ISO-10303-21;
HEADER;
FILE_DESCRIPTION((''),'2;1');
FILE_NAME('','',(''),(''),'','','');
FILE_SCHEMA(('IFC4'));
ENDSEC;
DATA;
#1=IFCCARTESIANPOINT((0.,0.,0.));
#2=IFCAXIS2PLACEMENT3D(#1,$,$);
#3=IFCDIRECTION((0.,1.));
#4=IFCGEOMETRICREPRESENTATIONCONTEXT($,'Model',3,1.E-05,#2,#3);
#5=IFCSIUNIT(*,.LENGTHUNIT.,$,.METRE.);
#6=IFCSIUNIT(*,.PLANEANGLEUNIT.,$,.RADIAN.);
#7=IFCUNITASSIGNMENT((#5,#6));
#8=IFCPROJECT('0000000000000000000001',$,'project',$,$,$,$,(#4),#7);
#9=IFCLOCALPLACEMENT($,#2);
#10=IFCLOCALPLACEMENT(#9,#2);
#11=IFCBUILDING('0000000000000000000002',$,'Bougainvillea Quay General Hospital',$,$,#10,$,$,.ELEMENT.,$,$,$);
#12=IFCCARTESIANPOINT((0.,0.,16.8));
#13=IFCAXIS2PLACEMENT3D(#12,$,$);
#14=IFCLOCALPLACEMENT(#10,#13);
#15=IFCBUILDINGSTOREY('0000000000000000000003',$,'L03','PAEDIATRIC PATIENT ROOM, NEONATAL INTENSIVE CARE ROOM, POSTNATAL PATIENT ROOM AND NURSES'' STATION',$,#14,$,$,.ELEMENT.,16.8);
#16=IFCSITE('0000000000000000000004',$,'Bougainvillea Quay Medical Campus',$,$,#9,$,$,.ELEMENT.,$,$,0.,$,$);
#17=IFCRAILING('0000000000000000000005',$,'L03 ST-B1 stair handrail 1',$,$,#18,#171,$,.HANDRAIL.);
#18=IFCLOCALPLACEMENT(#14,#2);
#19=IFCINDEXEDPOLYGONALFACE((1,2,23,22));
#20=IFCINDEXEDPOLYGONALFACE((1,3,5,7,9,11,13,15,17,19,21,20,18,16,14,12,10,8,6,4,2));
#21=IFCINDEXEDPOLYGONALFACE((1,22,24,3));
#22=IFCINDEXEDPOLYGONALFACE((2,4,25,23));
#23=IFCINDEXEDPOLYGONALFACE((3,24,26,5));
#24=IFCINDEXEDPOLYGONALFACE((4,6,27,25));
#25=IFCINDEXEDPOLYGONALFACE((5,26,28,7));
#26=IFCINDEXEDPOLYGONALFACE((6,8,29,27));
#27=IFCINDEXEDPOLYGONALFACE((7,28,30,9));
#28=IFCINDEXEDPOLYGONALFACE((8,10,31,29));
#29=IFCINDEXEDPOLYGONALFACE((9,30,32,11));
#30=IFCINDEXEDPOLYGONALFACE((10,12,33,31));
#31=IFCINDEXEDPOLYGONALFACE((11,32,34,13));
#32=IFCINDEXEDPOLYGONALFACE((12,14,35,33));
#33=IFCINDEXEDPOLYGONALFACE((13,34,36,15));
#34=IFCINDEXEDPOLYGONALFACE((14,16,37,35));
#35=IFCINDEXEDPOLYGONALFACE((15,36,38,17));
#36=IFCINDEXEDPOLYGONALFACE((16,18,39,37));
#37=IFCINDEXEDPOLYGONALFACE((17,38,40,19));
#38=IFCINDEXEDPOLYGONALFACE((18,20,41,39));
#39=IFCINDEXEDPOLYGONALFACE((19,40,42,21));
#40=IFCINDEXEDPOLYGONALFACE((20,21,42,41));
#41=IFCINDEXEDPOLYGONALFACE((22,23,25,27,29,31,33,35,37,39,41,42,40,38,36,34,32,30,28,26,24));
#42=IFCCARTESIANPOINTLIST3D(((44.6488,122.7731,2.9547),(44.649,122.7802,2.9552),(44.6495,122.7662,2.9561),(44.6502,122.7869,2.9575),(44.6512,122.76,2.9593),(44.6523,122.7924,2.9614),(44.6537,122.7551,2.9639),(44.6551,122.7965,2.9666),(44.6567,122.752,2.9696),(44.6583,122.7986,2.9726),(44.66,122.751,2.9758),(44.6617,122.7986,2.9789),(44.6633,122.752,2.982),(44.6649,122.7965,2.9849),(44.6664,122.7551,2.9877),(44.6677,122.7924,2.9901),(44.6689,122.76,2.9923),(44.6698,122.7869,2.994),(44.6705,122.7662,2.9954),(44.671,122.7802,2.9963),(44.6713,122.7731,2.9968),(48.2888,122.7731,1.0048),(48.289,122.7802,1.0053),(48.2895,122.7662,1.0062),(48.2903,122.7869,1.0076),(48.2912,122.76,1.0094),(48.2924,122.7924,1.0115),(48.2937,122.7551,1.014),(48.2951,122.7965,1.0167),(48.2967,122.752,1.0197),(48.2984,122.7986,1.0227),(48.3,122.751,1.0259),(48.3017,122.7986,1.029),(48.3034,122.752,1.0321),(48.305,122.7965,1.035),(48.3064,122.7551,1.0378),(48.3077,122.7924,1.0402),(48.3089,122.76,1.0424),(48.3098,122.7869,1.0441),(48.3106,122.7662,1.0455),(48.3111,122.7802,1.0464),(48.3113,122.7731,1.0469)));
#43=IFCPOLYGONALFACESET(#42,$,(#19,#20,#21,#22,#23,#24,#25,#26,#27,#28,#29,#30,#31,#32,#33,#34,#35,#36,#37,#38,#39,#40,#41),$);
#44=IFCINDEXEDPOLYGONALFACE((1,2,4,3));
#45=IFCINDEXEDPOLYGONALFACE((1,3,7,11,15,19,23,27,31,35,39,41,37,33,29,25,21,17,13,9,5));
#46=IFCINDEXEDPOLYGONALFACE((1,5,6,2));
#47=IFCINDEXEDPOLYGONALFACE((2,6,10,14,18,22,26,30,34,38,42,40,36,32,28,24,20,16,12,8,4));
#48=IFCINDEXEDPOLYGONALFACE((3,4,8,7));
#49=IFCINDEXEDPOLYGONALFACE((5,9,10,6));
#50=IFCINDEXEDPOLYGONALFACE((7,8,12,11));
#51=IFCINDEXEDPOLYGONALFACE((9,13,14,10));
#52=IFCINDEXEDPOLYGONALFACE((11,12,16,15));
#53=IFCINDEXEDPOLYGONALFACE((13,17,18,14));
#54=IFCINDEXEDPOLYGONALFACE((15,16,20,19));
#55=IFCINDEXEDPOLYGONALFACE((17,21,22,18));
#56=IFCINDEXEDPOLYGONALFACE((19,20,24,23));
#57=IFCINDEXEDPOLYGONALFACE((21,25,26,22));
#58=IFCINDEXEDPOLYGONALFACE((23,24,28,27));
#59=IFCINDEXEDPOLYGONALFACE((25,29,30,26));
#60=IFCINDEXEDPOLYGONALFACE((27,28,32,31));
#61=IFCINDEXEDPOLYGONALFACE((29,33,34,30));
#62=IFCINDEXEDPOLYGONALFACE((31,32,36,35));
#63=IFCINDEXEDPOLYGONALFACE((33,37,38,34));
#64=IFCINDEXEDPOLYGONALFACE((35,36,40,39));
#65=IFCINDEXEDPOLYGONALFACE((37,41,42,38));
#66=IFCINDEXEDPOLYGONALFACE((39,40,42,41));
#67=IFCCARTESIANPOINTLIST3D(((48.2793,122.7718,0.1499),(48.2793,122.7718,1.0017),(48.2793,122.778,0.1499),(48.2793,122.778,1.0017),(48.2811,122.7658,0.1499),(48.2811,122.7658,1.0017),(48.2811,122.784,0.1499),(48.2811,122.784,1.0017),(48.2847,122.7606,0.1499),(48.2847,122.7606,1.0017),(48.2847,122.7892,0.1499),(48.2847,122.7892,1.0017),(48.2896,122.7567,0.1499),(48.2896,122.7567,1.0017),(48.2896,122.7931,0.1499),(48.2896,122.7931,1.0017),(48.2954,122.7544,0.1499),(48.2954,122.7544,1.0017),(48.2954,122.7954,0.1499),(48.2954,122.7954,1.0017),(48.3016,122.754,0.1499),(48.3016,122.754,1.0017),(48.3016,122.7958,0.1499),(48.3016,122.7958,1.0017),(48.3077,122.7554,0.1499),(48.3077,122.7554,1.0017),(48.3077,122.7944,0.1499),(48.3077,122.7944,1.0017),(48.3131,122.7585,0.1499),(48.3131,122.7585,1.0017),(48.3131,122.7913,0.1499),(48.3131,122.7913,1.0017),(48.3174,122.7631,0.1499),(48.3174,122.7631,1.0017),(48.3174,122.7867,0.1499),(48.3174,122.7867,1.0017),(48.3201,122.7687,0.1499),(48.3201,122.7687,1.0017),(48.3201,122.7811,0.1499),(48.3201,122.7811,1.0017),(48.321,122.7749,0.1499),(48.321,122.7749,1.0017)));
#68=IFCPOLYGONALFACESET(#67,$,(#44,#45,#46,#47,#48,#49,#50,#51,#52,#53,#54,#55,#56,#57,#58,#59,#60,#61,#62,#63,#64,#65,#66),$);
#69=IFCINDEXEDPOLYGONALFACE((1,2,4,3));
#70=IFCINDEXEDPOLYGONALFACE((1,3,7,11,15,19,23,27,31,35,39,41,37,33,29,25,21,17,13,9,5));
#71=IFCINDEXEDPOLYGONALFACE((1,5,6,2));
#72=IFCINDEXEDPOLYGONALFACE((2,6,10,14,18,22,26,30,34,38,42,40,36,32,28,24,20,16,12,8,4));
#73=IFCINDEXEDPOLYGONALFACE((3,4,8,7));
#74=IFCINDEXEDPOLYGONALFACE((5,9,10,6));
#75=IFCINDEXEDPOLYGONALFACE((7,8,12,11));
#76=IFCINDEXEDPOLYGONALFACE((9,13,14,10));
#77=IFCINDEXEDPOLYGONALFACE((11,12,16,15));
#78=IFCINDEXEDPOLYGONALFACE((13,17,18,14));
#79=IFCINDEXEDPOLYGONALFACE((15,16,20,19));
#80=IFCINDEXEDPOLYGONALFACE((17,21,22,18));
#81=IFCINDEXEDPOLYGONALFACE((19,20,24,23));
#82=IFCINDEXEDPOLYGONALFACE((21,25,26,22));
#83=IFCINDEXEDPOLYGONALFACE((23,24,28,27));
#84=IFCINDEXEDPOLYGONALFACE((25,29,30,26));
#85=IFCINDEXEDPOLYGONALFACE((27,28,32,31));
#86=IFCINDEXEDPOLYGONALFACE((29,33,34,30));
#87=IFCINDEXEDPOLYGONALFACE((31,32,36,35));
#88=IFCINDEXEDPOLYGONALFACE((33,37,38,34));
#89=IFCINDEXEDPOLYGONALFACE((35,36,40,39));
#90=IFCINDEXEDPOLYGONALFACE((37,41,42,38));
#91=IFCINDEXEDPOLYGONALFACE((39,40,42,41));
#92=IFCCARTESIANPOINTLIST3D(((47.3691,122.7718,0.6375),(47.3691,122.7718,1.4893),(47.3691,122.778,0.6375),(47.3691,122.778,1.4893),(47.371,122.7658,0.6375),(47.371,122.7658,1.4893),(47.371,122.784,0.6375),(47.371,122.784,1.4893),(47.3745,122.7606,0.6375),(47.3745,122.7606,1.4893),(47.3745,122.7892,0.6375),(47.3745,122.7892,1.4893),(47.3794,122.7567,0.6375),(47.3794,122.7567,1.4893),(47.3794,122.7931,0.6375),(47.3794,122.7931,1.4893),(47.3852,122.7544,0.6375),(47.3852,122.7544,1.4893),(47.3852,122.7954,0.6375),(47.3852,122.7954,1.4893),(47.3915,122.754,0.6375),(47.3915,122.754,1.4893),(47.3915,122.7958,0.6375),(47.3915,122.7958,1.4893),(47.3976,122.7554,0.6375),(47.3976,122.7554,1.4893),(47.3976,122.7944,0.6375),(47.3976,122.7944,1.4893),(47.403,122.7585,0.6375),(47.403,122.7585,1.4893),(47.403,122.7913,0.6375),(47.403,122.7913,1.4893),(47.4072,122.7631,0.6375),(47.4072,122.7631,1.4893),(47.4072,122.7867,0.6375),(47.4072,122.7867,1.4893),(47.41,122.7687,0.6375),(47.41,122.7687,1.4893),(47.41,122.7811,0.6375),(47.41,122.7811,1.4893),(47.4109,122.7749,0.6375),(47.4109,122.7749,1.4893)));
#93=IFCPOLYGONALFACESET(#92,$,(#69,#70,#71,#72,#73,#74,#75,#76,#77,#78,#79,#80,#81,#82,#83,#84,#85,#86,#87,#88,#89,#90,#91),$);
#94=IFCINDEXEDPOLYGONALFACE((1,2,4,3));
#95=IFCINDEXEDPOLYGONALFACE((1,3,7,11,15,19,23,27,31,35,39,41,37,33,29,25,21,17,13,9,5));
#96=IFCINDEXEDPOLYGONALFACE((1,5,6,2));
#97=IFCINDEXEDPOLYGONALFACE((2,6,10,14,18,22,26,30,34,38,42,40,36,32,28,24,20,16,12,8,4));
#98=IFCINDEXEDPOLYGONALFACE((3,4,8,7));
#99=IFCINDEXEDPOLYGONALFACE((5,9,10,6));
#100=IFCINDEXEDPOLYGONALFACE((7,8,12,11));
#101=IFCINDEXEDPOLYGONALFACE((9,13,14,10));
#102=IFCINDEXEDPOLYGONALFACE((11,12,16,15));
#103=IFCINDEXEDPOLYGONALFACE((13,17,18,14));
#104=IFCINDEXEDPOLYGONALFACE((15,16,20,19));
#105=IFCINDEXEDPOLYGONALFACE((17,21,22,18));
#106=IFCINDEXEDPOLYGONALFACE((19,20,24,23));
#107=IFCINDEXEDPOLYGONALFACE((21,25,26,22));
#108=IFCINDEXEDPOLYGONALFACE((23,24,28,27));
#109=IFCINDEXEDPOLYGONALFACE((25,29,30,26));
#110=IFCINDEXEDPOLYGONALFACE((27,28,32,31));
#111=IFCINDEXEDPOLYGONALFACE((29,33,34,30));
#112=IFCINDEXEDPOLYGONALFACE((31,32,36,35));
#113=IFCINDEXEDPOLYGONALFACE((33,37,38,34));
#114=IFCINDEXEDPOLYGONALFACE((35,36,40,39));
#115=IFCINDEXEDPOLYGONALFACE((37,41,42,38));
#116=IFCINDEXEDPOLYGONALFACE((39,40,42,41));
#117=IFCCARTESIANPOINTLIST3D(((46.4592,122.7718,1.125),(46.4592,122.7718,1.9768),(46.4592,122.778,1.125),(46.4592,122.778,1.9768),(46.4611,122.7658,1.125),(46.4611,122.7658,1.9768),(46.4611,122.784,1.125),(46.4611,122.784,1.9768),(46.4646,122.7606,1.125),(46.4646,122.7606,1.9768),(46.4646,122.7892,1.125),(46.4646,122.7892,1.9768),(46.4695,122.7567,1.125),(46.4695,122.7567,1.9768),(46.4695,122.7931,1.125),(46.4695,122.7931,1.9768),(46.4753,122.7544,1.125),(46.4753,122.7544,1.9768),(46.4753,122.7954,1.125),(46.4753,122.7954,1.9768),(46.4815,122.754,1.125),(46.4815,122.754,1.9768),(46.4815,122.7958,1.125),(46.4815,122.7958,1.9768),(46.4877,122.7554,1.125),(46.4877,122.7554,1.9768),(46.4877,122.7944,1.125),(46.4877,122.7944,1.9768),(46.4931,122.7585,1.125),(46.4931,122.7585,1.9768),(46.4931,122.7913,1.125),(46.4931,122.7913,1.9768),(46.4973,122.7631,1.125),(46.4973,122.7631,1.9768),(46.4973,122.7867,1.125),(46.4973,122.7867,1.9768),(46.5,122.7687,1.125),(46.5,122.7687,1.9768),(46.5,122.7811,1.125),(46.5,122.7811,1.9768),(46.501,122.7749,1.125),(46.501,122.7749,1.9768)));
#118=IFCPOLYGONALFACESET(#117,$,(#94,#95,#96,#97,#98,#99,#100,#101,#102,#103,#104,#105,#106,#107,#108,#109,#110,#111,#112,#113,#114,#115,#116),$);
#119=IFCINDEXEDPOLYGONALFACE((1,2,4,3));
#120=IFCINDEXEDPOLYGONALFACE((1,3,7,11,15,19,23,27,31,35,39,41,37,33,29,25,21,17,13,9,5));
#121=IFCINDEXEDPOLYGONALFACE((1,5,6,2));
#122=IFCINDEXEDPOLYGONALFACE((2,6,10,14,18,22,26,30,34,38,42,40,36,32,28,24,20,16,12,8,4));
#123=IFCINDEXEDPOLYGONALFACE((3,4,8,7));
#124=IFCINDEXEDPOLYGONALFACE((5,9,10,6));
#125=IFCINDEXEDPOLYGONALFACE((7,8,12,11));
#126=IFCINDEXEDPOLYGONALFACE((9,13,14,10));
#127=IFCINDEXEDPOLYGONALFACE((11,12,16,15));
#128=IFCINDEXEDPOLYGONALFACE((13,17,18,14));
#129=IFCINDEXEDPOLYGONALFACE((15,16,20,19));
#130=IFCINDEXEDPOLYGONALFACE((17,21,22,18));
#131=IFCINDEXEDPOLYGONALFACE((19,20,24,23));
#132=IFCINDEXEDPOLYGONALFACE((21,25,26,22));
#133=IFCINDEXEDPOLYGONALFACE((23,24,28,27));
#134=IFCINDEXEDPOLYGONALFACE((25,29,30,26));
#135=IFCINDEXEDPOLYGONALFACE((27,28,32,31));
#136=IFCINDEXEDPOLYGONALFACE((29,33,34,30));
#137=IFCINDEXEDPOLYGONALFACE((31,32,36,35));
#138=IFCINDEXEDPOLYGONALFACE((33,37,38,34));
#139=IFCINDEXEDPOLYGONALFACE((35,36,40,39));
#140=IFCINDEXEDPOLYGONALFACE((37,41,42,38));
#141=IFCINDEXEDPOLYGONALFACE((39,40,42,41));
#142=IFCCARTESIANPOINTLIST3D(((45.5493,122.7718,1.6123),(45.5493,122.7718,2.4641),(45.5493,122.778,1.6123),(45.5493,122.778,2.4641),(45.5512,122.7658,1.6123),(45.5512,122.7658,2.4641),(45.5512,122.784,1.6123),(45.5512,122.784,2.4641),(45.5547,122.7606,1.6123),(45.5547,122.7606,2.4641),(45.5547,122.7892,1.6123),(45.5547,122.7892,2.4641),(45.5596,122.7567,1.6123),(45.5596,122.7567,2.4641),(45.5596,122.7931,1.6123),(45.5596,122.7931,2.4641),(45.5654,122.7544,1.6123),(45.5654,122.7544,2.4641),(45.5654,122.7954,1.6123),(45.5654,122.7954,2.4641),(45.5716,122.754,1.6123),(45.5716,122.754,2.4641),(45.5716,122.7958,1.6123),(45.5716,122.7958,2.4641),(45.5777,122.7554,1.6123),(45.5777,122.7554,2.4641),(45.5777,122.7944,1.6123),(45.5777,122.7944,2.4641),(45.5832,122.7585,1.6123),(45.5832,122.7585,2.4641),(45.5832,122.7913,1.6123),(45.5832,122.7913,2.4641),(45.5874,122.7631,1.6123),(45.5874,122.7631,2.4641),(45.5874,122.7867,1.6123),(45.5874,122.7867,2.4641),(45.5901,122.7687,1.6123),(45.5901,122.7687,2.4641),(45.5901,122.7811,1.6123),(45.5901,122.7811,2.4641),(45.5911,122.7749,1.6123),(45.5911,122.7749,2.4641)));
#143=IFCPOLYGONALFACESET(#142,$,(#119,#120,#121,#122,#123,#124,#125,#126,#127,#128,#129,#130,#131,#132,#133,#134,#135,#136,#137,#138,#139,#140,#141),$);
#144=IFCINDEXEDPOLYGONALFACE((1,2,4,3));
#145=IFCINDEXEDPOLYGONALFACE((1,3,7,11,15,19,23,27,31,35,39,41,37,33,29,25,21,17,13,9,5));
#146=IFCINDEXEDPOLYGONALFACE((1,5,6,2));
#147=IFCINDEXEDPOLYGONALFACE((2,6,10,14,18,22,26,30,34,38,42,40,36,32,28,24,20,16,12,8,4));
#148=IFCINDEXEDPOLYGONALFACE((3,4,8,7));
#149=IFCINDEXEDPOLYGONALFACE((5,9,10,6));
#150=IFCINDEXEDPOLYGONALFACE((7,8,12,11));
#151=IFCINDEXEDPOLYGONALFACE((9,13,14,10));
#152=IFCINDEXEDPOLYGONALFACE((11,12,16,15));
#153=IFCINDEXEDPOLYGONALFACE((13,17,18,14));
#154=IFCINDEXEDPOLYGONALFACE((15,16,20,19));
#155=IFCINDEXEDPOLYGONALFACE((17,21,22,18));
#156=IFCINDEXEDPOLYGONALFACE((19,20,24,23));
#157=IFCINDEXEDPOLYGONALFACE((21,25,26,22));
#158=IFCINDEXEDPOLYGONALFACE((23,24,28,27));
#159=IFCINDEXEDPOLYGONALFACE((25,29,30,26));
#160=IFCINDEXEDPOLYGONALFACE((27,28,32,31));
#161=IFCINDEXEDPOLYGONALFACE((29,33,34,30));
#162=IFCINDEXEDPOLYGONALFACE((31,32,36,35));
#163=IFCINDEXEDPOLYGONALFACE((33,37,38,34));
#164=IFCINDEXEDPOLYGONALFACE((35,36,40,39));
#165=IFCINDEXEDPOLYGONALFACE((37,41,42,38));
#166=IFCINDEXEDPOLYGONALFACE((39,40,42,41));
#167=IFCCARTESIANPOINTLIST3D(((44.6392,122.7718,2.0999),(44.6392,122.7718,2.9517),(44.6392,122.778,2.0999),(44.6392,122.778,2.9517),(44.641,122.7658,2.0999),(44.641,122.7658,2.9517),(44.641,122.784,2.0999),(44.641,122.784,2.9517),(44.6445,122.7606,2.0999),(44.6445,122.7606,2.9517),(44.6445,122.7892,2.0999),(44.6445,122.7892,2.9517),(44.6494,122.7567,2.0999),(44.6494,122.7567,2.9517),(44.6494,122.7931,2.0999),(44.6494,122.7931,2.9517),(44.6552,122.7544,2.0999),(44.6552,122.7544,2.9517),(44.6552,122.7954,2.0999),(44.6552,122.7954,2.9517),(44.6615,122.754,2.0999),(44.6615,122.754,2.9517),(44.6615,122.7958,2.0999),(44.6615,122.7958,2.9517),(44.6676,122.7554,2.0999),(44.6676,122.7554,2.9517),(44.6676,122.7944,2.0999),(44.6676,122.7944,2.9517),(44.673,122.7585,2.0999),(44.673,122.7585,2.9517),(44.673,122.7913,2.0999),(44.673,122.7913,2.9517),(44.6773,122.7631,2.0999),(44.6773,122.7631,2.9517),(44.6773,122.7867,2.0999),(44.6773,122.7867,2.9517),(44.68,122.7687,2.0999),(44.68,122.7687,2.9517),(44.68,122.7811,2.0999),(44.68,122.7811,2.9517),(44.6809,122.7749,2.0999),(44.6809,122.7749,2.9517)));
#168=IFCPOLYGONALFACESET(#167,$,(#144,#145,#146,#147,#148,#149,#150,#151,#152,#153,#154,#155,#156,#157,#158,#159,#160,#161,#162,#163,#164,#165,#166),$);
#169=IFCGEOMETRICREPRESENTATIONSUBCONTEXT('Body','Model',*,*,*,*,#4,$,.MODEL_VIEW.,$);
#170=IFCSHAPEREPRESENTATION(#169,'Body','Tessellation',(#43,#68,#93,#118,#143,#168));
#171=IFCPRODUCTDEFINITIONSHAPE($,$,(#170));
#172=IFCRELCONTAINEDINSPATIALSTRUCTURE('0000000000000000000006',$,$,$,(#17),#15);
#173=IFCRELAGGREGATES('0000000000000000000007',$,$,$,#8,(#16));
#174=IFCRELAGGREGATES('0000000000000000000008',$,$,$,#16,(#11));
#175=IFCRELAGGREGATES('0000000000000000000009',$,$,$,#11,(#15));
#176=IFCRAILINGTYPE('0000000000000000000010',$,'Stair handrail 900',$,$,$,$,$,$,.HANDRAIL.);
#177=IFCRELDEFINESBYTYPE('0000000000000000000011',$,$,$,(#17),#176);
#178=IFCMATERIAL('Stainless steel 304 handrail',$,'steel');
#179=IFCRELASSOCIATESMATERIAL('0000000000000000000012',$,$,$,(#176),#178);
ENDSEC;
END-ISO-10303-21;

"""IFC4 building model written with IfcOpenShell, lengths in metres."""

from ifc_helpers import new_model, si_unit, direction, frame, origin, origin_2d, place, context, subcontext, project, spatial, circle, extrude, material, type_object, element, save


model = new_model("IFC4")

# Units and contexts
model_context = context("Model", 3, precision=1e-05, world=origin(), true_north=direction((0.0, 1.0)))
body_context = subcontext(model_context, "Body", "Model", "MODEL_VIEW")
ifc_project = project(units=[si_unit("LENGTHUNIT", "METRE"), si_unit("PLANEANGLEUNIT", "RADIAN")], contexts=[model_context])

# Site, building, storey
site_placement = place(None, origin())
site = spatial("IfcSite", under=ifc_project, at=site_placement, Name="Bougainvillea Quay Medical Campus", CompositionType="ELEMENT", RefElevation=0.0)
building_placement = place(site_placement, origin())
building = spatial("IfcBuilding", under=site, at=building_placement, Name="Bougainvillea Quay General Hospital", CompositionType="ELEMENT")
storey_placement = place(building_placement, frame((0.0, 0.0, 16.8)))
storey = spatial("IfcBuildingStorey", under=building, at=storey_placement, Name="L03", Description="PAEDIATRIC PATIENT ROOM, NEONATAL INTENSIVE CARE ROOM, POSTNATAL PATIENT ROOM AND NURSES' STATION", CompositionType="ELEMENT", Elevation=16.8)

# Railing
ifc_material_1 = material(Name="Stainless steel 304 handrail", Category="steel")
railing_type_1 = type_object("IfcRailingType", Name="Stair handrail 900", PredefinedType="HANDRAIL", material=ifc_material_1)
railing_1_placement = place(storey_placement, frame((48.3, 122.7749, 0.1499)))
element("IfcRailing", 1, at=railing_1_placement, inside=storey, type_object=railing_type_1, Name="L03 ST-B1 stair handrail 1", PredefinedType="HANDRAIL", context=body_context, shape_type="SweptSolid", body=[
    extrude(circle(Radius=0.0239, at=origin_2d()), frame((0.0, 0.0, 0.876), z_axis=(-0.881492, 0.0, 0.472198), x_axis=(0.0, -1.0, 0.0)), (0.0, 0.0, 1.0), 4.1294),
    extrude(circle(Radius=0.021, at=origin_2d()), origin(), (0.0, 0.0, 1.0), 0.8518),
    extrude(circle(Radius=0.021, at=origin_2d()), frame((-0.9102, 0.0, 0.4875)), (0.0, 0.0, 1.0), 0.8518),
    extrude(circle(Radius=0.021, at=origin_2d()), frame((-1.8201, 0.0, 0.9751)), (0.0, 0.0, 1.0), 0.8518),
    extrude(circle(Radius=0.021, at=origin_2d()), frame((-2.73, 0.0, 1.4624)), (0.0, 0.0, 1.0), 0.8518),
    extrude(circle(Radius=0.021, at=origin_2d()), frame((-3.6401, 0.0, 1.95)), (0.0, 0.0, 1.0), 0.8518),
])

save(model, "model.ifc")
